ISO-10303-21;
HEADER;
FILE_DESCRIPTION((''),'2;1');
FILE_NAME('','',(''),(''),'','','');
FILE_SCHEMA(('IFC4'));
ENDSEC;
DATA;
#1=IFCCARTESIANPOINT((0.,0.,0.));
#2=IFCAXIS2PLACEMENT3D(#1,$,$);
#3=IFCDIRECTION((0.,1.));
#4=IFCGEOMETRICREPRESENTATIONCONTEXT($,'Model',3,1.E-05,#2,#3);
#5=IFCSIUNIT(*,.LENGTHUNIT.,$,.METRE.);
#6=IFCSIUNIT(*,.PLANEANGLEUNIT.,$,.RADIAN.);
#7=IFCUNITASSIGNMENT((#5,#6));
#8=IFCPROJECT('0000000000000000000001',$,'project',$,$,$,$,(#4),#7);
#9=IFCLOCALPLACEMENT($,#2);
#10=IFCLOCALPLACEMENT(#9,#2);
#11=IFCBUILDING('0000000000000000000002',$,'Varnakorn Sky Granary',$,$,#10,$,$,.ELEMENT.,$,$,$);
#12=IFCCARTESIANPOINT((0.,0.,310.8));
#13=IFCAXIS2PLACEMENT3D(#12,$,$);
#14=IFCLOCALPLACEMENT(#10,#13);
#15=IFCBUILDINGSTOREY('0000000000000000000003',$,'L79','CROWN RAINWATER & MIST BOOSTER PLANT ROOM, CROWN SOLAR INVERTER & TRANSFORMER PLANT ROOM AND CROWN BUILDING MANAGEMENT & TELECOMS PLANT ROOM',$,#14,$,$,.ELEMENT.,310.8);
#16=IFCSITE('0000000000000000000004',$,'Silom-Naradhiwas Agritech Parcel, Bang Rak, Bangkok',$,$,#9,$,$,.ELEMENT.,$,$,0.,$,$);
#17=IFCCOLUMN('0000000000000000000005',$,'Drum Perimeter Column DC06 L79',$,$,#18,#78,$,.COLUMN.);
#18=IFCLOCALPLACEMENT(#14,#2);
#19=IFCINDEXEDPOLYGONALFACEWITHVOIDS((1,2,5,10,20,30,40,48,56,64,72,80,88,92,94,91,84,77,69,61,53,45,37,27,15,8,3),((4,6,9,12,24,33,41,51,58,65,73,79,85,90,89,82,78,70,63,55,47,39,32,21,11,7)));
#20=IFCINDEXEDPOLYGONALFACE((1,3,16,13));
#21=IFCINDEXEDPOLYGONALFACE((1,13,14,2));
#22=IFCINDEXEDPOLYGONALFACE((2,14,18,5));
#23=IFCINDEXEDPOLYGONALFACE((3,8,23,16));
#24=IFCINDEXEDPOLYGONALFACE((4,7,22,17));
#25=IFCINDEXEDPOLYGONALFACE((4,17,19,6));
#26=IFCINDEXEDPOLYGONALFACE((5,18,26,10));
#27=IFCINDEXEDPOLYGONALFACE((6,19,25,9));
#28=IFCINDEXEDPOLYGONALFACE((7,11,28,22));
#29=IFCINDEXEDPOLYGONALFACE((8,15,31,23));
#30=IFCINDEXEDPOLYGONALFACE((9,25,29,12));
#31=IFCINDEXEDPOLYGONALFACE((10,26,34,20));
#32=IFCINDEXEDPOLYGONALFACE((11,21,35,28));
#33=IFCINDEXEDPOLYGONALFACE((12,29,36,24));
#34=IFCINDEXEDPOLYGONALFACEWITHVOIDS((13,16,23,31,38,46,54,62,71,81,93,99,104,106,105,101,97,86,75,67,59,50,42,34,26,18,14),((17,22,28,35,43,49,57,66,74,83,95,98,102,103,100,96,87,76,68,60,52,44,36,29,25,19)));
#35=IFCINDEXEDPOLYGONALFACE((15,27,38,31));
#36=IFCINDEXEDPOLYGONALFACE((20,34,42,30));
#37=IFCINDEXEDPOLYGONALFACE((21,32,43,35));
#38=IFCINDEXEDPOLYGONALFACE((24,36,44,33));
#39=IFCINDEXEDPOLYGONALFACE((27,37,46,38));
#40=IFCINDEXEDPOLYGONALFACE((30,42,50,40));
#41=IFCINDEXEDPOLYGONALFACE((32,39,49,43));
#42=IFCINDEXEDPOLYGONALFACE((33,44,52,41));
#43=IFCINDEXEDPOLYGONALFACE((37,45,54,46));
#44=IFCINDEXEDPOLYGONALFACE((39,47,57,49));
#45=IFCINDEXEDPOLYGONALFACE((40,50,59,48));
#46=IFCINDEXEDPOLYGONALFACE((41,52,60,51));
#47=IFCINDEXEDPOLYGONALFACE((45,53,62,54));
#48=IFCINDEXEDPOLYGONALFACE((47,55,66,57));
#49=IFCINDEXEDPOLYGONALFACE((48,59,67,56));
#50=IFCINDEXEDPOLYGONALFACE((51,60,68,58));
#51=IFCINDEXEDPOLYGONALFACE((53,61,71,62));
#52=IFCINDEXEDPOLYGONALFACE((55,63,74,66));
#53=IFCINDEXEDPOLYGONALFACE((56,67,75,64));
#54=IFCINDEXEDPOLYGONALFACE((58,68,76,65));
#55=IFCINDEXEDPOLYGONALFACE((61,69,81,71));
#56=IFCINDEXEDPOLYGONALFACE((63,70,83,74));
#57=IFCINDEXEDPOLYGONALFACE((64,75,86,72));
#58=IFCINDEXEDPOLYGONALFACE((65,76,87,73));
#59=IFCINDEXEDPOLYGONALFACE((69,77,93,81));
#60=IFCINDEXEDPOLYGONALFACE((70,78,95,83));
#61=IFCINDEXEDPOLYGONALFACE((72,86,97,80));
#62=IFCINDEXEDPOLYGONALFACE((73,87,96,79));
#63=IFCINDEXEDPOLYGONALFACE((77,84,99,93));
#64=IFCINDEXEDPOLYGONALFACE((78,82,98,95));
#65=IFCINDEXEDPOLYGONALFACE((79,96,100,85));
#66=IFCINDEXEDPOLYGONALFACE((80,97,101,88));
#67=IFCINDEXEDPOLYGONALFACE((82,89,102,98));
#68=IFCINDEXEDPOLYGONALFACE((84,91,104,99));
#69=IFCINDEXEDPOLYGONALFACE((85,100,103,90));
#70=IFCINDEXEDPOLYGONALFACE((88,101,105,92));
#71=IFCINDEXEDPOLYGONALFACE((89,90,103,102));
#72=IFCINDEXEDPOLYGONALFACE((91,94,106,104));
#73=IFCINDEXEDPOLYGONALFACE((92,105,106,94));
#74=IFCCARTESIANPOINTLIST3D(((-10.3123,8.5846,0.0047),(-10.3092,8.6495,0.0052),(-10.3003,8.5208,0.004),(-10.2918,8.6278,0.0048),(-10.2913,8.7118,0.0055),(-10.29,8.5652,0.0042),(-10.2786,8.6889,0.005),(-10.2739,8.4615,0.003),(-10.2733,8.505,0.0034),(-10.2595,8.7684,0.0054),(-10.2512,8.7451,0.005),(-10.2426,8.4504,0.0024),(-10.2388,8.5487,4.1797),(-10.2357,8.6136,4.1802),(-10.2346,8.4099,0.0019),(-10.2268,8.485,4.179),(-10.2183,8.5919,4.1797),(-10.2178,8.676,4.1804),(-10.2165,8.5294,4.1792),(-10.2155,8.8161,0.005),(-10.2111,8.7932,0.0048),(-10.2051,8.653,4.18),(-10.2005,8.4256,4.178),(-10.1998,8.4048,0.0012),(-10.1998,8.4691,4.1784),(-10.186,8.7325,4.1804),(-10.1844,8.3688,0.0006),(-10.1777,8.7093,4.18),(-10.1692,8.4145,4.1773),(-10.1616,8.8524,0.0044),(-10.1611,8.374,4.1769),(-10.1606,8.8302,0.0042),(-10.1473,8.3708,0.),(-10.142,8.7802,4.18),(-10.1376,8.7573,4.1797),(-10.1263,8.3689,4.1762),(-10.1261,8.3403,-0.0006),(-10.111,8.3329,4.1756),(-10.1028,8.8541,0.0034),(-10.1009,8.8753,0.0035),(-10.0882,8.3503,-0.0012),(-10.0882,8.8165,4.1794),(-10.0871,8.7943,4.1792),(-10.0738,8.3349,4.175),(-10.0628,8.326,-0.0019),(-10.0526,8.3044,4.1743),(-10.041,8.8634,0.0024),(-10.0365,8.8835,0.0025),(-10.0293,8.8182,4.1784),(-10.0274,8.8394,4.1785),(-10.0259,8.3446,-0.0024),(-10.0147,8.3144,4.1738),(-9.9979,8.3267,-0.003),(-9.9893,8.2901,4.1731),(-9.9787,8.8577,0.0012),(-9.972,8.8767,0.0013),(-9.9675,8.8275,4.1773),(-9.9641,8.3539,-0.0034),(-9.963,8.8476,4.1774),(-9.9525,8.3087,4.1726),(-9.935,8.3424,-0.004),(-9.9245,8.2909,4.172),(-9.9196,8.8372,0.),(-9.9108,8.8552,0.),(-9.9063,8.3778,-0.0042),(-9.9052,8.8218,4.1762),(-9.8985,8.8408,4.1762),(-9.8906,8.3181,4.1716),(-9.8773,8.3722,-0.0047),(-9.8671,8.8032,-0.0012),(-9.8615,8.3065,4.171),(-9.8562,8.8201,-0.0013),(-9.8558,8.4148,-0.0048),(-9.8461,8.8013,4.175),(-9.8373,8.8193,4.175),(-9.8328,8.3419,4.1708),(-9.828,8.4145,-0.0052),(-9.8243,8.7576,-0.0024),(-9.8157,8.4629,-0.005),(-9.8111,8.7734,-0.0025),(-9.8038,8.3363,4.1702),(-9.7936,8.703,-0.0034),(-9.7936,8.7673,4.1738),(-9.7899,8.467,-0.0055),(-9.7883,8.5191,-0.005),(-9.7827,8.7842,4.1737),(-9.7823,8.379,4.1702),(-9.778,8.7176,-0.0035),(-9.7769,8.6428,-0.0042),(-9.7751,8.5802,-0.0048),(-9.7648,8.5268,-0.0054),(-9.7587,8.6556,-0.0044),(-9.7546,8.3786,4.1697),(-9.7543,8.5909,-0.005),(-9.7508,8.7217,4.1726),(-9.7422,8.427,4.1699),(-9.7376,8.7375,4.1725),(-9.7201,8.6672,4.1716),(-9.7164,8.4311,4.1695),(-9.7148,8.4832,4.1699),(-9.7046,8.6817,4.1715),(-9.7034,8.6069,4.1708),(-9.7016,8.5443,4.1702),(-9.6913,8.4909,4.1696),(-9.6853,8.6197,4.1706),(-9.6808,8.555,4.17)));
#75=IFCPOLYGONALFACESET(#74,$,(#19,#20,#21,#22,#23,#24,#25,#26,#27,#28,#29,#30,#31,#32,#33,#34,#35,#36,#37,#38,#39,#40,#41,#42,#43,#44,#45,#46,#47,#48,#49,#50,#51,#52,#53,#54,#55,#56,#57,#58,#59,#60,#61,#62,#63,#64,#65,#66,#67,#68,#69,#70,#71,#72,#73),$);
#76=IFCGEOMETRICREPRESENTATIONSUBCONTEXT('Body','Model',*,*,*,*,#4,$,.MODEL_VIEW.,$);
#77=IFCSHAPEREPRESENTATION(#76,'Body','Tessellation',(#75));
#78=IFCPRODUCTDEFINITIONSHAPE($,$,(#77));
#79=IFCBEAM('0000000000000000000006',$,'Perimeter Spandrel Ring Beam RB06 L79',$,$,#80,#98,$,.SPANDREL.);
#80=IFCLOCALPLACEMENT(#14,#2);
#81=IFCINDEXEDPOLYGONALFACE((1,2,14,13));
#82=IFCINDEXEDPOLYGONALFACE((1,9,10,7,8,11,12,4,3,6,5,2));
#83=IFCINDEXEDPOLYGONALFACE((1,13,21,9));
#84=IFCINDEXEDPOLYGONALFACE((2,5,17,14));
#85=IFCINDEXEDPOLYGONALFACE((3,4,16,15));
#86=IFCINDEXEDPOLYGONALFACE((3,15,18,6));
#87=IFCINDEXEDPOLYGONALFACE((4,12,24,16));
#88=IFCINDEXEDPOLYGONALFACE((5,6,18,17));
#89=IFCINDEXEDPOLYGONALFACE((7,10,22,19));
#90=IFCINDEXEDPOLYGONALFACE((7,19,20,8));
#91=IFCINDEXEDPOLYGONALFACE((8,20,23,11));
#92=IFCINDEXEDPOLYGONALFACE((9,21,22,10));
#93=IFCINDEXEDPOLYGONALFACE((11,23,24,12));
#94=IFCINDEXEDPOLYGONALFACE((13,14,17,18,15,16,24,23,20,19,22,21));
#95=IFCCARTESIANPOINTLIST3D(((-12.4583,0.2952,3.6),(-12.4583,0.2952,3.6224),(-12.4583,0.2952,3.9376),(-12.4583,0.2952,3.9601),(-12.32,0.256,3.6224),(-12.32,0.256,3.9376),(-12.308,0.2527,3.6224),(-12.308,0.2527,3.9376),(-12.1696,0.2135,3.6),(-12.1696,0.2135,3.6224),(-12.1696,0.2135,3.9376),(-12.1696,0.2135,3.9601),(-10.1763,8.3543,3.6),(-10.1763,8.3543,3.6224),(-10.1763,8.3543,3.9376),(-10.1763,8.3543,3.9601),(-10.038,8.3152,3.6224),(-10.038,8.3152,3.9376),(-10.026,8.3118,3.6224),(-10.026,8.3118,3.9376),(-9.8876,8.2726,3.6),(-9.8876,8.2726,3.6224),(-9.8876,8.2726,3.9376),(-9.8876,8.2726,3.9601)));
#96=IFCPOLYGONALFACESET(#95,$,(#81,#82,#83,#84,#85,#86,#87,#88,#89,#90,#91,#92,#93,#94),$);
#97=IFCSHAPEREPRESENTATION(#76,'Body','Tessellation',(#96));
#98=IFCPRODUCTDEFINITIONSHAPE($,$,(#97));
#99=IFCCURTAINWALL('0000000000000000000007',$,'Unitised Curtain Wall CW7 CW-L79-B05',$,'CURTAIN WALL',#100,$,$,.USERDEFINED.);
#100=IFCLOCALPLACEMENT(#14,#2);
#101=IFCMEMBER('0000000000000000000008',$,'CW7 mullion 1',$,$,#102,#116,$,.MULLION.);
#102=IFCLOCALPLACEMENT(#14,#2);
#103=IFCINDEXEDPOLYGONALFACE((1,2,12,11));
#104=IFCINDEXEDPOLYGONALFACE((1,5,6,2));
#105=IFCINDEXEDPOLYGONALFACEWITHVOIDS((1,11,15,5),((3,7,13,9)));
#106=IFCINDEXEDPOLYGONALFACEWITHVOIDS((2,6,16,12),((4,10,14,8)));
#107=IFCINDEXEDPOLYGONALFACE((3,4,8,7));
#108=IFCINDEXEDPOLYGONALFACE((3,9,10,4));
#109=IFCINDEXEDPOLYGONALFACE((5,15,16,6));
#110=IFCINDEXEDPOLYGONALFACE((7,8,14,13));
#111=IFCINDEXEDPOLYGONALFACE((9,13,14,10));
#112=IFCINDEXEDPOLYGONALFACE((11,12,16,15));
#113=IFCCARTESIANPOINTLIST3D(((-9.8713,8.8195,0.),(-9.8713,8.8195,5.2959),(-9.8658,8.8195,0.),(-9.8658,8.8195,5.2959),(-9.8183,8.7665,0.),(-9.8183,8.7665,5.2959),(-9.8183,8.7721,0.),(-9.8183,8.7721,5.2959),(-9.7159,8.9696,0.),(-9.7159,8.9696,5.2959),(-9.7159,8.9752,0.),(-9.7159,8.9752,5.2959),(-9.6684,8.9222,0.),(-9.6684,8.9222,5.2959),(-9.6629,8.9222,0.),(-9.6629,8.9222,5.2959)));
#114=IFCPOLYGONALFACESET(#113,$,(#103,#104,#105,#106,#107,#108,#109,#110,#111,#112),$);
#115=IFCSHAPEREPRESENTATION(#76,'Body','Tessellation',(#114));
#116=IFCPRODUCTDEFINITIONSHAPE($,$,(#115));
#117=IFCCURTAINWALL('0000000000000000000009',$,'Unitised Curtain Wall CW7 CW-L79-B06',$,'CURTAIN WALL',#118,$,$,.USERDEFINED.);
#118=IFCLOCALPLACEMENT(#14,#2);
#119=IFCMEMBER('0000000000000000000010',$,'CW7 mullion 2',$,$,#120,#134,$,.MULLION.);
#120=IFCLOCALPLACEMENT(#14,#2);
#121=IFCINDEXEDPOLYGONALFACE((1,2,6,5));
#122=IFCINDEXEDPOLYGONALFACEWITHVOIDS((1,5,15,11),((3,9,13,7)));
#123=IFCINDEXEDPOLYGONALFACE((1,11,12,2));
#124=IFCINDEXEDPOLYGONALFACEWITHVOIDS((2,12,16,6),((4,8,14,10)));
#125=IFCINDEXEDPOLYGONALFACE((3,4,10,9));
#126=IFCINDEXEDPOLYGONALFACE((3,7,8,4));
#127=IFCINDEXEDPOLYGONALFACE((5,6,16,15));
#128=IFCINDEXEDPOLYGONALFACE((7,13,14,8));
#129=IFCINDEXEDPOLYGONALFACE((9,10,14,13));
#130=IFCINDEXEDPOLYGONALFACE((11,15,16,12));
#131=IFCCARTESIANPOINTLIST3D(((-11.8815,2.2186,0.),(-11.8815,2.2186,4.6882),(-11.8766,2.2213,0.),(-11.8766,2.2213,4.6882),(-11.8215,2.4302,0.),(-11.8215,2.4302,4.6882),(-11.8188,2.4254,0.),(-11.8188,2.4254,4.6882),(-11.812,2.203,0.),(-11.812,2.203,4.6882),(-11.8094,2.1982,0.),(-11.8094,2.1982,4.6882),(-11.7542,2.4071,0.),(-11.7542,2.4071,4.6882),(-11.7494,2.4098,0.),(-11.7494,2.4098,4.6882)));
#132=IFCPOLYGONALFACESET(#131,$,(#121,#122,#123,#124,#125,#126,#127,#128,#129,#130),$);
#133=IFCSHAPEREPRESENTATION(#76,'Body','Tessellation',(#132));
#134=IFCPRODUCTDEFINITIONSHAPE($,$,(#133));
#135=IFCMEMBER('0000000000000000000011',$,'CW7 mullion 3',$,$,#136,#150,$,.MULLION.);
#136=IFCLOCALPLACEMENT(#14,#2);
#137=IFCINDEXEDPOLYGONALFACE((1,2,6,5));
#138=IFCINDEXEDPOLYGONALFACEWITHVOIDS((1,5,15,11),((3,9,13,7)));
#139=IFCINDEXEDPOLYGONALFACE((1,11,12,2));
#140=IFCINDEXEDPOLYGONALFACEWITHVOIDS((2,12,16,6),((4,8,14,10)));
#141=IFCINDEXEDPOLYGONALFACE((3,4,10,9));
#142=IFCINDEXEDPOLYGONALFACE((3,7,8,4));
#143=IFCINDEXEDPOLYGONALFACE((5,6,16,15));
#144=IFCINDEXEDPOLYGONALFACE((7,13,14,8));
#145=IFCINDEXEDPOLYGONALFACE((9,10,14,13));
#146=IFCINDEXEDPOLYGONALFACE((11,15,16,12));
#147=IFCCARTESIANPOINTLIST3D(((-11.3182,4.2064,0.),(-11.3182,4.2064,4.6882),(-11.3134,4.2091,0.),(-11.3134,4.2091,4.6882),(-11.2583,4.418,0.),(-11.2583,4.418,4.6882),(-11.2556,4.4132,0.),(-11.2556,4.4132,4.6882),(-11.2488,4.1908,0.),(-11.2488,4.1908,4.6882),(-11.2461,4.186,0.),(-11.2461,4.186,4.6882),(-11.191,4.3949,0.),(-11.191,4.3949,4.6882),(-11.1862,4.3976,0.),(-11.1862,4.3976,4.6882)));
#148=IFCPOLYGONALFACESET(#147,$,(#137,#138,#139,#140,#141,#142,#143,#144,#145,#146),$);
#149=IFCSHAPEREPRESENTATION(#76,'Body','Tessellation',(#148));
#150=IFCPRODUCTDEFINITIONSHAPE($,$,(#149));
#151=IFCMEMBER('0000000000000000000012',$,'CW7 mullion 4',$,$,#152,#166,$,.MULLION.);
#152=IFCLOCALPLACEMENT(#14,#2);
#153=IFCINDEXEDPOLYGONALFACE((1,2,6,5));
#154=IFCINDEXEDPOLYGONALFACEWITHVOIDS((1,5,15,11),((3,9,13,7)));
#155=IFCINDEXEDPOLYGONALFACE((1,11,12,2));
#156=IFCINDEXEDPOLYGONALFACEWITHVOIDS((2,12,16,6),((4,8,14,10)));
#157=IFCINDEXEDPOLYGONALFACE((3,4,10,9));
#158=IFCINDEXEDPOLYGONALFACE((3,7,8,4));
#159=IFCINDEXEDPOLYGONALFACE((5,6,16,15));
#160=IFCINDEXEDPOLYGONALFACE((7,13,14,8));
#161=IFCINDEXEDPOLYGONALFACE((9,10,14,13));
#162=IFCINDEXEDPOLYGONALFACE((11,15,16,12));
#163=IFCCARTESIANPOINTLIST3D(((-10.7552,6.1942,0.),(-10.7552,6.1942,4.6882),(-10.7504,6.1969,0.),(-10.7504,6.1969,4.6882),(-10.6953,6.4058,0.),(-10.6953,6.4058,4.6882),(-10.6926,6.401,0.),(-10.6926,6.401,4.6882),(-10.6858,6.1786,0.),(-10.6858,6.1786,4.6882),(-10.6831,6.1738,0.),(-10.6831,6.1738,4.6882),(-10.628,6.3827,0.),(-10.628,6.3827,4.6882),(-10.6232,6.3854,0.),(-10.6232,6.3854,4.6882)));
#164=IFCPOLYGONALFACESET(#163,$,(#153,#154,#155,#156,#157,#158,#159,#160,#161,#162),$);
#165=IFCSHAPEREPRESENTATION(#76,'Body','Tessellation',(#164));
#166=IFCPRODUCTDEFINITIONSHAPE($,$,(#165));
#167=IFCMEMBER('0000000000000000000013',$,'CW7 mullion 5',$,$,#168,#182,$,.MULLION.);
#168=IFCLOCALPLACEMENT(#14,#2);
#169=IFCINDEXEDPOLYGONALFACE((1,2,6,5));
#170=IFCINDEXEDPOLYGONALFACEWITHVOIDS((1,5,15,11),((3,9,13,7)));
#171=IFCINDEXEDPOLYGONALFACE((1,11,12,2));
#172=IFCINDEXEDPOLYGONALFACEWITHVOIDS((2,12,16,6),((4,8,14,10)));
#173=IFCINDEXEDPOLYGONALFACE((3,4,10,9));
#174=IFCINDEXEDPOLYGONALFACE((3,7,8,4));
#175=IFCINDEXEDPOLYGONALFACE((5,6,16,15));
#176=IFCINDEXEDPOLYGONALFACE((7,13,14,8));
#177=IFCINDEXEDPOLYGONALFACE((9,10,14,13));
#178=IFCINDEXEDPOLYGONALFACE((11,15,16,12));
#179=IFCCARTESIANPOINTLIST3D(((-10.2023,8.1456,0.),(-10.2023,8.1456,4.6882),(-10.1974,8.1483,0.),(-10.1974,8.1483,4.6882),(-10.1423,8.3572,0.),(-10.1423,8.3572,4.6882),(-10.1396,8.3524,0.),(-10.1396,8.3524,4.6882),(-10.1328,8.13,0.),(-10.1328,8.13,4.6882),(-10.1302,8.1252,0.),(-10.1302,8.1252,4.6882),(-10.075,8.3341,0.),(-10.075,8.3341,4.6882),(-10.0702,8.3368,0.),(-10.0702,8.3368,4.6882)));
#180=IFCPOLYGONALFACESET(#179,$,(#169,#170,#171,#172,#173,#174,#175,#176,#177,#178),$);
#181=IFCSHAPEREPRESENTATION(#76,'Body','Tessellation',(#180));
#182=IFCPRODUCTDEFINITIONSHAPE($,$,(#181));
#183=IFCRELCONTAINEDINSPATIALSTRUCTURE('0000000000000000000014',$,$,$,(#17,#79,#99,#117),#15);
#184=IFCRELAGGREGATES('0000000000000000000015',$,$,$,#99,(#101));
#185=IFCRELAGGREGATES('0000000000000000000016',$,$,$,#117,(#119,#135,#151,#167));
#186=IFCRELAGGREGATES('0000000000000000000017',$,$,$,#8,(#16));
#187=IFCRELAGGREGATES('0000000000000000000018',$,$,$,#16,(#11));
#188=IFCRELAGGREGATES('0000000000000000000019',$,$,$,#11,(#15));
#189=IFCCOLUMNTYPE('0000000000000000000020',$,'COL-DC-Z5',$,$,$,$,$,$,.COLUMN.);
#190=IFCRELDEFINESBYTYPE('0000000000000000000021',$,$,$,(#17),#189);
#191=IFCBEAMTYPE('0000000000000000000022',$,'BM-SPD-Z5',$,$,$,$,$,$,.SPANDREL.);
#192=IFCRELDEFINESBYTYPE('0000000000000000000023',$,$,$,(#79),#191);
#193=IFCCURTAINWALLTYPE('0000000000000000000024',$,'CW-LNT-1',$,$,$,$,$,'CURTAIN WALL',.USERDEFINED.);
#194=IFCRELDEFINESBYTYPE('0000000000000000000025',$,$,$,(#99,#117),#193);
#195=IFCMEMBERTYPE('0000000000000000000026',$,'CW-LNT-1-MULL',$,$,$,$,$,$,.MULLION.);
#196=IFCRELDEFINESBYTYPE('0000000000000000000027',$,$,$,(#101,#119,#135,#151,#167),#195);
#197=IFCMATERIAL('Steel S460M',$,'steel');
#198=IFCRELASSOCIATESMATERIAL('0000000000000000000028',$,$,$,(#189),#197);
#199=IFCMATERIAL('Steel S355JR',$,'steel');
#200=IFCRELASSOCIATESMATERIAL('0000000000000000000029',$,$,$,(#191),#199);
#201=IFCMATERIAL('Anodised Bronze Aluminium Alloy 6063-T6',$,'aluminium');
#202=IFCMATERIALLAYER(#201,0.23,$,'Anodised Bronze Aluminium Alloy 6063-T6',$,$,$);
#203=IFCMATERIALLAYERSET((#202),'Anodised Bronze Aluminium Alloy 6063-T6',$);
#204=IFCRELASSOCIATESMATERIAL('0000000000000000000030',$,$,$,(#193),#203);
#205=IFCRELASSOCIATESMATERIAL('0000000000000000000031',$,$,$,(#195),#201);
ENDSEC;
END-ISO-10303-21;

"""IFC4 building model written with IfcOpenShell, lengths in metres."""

from ifc_helpers import new_model, si_unit, direction, frame, origin, origin_2d, place, context, subcontext, project, spatial, hollow_rectangle, hollow_circle, i_section, extrude, material, layer, layer_set, material_profile, profile_set, type_object, element, aggregate, save


model = new_model("IFC4")

# Units and contexts
model_context = context("Model", 3, precision=1e-05, world=origin(), true_north=direction((0.0, 1.0)))
body_context = subcontext(model_context, "Body", "Model", "MODEL_VIEW")
ifc_project = project(units=[si_unit("LENGTHUNIT", "METRE"), si_unit("PLANEANGLEUNIT", "RADIAN")], contexts=[model_context])

# Site, building, storey
site_placement = place(None, origin())
site = spatial("IfcSite", under=ifc_project, at=site_placement, Name="Silom-Naradhiwas Agritech Parcel, Bang Rak, Bangkok", CompositionType="ELEMENT", RefElevation=0.0)
building_placement = place(site_placement, origin())
building = spatial("IfcBuilding", under=site, at=building_placement, Name="Varnakorn Sky Granary", CompositionType="ELEMENT")
storey_placement = place(building_placement, frame((0.0, 0.0, 310.8)))
storey = spatial("IfcBuildingStorey", under=building, at=storey_placement, Name="L79", Description="CROWN RAINWATER & MIST BOOSTER PLANT ROOM, CROWN SOLAR INVERTER & TRANSFORMER PLANT ROOM AND CROWN BUILDING MANAGEMENT & TELECOMS PLANT ROOM", CompositionType="ELEMENT", Elevation=310.8)

# Column
ifc_material_1 = material(Name="Steel S460M", Category="steel")
ifc_material_profile_1 = material_profile(ifc_material_1, hollow_circle(Radius=0.2795, WallThickness=0.02, at=origin_2d()), Name="CHS 559x20")
ifc_profile_set_1 = profile_set([ifc_material_profile_1], Name="Steel S460M")
column_type = type_object("IfcColumnType", Name="COL-DC-Z5", PredefinedType="COLUMN", material=ifc_profile_set_1)
column_placement = place(storey_placement, frame((-10.0334, 8.604, 0.0), z_axis=(0.017598, -0.008594, 0.999808), x_axis=(0.438835, 0.898568, 0.0)))
element("IfcColumn", 1, at=column_placement, inside=storey, type_object=column_type, Name="Drum Perimeter Column DC06 L79", PredefinedType="COLUMN", context=body_context, shape_type="SweptSolid", body=[
    extrude(hollow_circle(Radius=0.2795, WallThickness=0.02, at=origin_2d()), origin(), (0.0, 0.0, 1.0), 4.1758),
])

# Beam
ifc_material_2 = material(Name="Steel S355JR", Category="steel")
ifc_material_profile_2 = material_profile(ifc_material_2, i_section(OverallWidth=0.3, OverallDepth=0.3601, WebThickness=0.0125, FlangeThickness=0.0225, at=origin_2d()), Name="HE 360 B")
ifc_profile_set_2 = profile_set([ifc_material_profile_2], Name="Steel S355JR")
beam_type = type_object("IfcBeamType", Name="BM-SPD-Z5", PredefinedType="SPANDREL", material=ifc_profile_set_2)
beam_placement = place(storey_placement, frame((-10.032, 8.3135, 3.78), z_axis=(-0.272445, -0.962171, 0.0), x_axis=(0.962171, -0.272445, 0.0)))
element("IfcBeam", 2, at=beam_placement, inside=storey, type_object=beam_type, Name="Perimeter Spandrel Ring Beam RB06 L79", PredefinedType="SPANDREL", context=body_context, shape_type="SweptSolid", body=[
    extrude(i_section(OverallWidth=0.3, OverallDepth=0.3601, WebThickness=0.0125, FlangeThickness=0.0225, at=origin_2d()), origin(), (0.0, 0.0, 1.0), 8.376),
])

# Curtain wall, member
ifc_material_3 = material(Name="Anodised Bronze Aluminium Alloy 6063-T6", Category="aluminium")
ifc_layer_1 = layer(ifc_material_3, 0.23, Name="Anodised Bronze Aluminium Alloy 6063-T6")
ifc_layer_set_1 = layer_set([ifc_layer_1], Name="Anodised Bronze Aluminium Alloy 6063-T6")
curtain_wall_type = type_object("IfcCurtainWallType", Name="CW-LNT-1", ElementType="CURTAIN WALL", PredefinedType="USERDEFINED", material=ifc_layer_set_1)
curtain_wall_1_placement = place(storey_placement, origin())
curtain_wall_1 = element("IfcCurtainWall", 3, at=curtain_wall_1_placement, inside=storey, type_object=curtain_wall_type, Name="Unitised Curtain Wall CW7 CW-L79-B05", ObjectType="CURTAIN WALL", PredefinedType="USERDEFINED")
ifc_material_profile_3 = material_profile(ifc_material_3, hollow_rectangle(XDim=0.075, YDim=0.22, WallThickness=0.0039, at=origin_2d()), Name="ALU MULL 75x220")
ifc_profile_set_3 = profile_set([ifc_material_profile_3], Name="Anodised Bronze Aluminium Alloy 6063-T6")
member_type_1 = type_object("IfcMemberType", Name="CW-LNT-1-MULL", PredefinedType="MULLION", material=ifc_profile_set_3)
member_1_placement = place(storey_placement, frame((-9.7671, 8.8708, 0.0), z_axis=(0.0, 0.0, 1.0), x_axis=(-0.707563, 0.706651, 0.0)))
member_1 = element("IfcMember", 4, at=member_1_placement, type_object=member_type_1, Name="CW7 mullion 1", PredefinedType="MULLION", context=body_context, shape_type="SweptSolid", body=[
    extrude(hollow_rectangle(XDim=0.075, YDim=0.22, WallThickness=0.0039, at=origin_2d()), origin(), (0.0, 0.0, 1.0), 5.2959),
])
aggregate(curtain_wall_1, [member_1])

# Curtain wall, members
curtain_wall_2_placement = place(storey_placement, origin())
curtain_wall_2 = element("IfcCurtainWall", 5, at=curtain_wall_2_placement, inside=storey, type_object=curtain_wall_type, Name="Unitised Curtain Wall CW7 CW-L79-B06", ObjectType="CURTAIN WALL", PredefinedType="USERDEFINED")
member_2_placement = place(storey_placement, frame((-11.8154, 2.3142, 0.0), z_axis=(0.0, 0.0, 1.0), x_axis=(-0.962134, 0.272577, 0.0)))
member_2 = element("IfcMember", 6, at=member_2_placement, type_object=member_type_1, Name="CW7 mullion 2", PredefinedType="MULLION", context=body_context, shape_type="SweptSolid", body=[
    extrude(hollow_rectangle(XDim=0.075, YDim=0.22, WallThickness=0.0039, at=origin_2d()), origin(), (0.0, 0.0, 1.0), 4.6882),
])
member_3_placement = place(storey_placement, frame((-11.2522, 4.302, 0.0), z_axis=(0.0, 0.0, 1.0), x_axis=(-0.962134, 0.272577, 0.0)))
member_3 = element("IfcMember", 7, at=member_3_placement, type_object=member_type_1, Name="CW7 mullion 3", PredefinedType="MULLION", context=body_context, shape_type="SweptSolid", body=[
    extrude(hollow_rectangle(XDim=0.075, YDim=0.22, WallThickness=0.0039, at=origin_2d()), origin(), (0.0, 0.0, 1.0), 4.6882),
])
member_4_placement = place(storey_placement, frame((-10.6892, 6.2898, 0.0), z_axis=(0.0, 0.0, 1.0), x_axis=(-0.962134, 0.272577, 0.0)))
member_4 = element("IfcMember", 8, at=member_4_placement, type_object=member_type_1, Name="CW7 mullion 4", PredefinedType="MULLION", context=body_context, shape_type="SweptSolid", body=[
    extrude(hollow_rectangle(XDim=0.075, YDim=0.22, WallThickness=0.0039, at=origin_2d()), origin(), (0.0, 0.0, 1.0), 4.6882),
])
member_5_placement = place(storey_placement, frame((-10.1362, 8.2412, 0.0), z_axis=(0.0, 0.0, 1.0), x_axis=(-0.962134, 0.272577, 0.0)))
member_5 = element("IfcMember", 9, at=member_5_placement, type_object=member_type_1, Name="CW7 mullion 5", PredefinedType="MULLION", context=body_context, shape_type="SweptSolid", body=[
    extrude(hollow_rectangle(XDim=0.075, YDim=0.22, WallThickness=0.0039, at=origin_2d()), origin(), (0.0, 0.0, 1.0), 4.6882),
])

aggregate(curtain_wall_2, [member_2, member_3, member_4, member_5])

save(model, "model.ifc")
